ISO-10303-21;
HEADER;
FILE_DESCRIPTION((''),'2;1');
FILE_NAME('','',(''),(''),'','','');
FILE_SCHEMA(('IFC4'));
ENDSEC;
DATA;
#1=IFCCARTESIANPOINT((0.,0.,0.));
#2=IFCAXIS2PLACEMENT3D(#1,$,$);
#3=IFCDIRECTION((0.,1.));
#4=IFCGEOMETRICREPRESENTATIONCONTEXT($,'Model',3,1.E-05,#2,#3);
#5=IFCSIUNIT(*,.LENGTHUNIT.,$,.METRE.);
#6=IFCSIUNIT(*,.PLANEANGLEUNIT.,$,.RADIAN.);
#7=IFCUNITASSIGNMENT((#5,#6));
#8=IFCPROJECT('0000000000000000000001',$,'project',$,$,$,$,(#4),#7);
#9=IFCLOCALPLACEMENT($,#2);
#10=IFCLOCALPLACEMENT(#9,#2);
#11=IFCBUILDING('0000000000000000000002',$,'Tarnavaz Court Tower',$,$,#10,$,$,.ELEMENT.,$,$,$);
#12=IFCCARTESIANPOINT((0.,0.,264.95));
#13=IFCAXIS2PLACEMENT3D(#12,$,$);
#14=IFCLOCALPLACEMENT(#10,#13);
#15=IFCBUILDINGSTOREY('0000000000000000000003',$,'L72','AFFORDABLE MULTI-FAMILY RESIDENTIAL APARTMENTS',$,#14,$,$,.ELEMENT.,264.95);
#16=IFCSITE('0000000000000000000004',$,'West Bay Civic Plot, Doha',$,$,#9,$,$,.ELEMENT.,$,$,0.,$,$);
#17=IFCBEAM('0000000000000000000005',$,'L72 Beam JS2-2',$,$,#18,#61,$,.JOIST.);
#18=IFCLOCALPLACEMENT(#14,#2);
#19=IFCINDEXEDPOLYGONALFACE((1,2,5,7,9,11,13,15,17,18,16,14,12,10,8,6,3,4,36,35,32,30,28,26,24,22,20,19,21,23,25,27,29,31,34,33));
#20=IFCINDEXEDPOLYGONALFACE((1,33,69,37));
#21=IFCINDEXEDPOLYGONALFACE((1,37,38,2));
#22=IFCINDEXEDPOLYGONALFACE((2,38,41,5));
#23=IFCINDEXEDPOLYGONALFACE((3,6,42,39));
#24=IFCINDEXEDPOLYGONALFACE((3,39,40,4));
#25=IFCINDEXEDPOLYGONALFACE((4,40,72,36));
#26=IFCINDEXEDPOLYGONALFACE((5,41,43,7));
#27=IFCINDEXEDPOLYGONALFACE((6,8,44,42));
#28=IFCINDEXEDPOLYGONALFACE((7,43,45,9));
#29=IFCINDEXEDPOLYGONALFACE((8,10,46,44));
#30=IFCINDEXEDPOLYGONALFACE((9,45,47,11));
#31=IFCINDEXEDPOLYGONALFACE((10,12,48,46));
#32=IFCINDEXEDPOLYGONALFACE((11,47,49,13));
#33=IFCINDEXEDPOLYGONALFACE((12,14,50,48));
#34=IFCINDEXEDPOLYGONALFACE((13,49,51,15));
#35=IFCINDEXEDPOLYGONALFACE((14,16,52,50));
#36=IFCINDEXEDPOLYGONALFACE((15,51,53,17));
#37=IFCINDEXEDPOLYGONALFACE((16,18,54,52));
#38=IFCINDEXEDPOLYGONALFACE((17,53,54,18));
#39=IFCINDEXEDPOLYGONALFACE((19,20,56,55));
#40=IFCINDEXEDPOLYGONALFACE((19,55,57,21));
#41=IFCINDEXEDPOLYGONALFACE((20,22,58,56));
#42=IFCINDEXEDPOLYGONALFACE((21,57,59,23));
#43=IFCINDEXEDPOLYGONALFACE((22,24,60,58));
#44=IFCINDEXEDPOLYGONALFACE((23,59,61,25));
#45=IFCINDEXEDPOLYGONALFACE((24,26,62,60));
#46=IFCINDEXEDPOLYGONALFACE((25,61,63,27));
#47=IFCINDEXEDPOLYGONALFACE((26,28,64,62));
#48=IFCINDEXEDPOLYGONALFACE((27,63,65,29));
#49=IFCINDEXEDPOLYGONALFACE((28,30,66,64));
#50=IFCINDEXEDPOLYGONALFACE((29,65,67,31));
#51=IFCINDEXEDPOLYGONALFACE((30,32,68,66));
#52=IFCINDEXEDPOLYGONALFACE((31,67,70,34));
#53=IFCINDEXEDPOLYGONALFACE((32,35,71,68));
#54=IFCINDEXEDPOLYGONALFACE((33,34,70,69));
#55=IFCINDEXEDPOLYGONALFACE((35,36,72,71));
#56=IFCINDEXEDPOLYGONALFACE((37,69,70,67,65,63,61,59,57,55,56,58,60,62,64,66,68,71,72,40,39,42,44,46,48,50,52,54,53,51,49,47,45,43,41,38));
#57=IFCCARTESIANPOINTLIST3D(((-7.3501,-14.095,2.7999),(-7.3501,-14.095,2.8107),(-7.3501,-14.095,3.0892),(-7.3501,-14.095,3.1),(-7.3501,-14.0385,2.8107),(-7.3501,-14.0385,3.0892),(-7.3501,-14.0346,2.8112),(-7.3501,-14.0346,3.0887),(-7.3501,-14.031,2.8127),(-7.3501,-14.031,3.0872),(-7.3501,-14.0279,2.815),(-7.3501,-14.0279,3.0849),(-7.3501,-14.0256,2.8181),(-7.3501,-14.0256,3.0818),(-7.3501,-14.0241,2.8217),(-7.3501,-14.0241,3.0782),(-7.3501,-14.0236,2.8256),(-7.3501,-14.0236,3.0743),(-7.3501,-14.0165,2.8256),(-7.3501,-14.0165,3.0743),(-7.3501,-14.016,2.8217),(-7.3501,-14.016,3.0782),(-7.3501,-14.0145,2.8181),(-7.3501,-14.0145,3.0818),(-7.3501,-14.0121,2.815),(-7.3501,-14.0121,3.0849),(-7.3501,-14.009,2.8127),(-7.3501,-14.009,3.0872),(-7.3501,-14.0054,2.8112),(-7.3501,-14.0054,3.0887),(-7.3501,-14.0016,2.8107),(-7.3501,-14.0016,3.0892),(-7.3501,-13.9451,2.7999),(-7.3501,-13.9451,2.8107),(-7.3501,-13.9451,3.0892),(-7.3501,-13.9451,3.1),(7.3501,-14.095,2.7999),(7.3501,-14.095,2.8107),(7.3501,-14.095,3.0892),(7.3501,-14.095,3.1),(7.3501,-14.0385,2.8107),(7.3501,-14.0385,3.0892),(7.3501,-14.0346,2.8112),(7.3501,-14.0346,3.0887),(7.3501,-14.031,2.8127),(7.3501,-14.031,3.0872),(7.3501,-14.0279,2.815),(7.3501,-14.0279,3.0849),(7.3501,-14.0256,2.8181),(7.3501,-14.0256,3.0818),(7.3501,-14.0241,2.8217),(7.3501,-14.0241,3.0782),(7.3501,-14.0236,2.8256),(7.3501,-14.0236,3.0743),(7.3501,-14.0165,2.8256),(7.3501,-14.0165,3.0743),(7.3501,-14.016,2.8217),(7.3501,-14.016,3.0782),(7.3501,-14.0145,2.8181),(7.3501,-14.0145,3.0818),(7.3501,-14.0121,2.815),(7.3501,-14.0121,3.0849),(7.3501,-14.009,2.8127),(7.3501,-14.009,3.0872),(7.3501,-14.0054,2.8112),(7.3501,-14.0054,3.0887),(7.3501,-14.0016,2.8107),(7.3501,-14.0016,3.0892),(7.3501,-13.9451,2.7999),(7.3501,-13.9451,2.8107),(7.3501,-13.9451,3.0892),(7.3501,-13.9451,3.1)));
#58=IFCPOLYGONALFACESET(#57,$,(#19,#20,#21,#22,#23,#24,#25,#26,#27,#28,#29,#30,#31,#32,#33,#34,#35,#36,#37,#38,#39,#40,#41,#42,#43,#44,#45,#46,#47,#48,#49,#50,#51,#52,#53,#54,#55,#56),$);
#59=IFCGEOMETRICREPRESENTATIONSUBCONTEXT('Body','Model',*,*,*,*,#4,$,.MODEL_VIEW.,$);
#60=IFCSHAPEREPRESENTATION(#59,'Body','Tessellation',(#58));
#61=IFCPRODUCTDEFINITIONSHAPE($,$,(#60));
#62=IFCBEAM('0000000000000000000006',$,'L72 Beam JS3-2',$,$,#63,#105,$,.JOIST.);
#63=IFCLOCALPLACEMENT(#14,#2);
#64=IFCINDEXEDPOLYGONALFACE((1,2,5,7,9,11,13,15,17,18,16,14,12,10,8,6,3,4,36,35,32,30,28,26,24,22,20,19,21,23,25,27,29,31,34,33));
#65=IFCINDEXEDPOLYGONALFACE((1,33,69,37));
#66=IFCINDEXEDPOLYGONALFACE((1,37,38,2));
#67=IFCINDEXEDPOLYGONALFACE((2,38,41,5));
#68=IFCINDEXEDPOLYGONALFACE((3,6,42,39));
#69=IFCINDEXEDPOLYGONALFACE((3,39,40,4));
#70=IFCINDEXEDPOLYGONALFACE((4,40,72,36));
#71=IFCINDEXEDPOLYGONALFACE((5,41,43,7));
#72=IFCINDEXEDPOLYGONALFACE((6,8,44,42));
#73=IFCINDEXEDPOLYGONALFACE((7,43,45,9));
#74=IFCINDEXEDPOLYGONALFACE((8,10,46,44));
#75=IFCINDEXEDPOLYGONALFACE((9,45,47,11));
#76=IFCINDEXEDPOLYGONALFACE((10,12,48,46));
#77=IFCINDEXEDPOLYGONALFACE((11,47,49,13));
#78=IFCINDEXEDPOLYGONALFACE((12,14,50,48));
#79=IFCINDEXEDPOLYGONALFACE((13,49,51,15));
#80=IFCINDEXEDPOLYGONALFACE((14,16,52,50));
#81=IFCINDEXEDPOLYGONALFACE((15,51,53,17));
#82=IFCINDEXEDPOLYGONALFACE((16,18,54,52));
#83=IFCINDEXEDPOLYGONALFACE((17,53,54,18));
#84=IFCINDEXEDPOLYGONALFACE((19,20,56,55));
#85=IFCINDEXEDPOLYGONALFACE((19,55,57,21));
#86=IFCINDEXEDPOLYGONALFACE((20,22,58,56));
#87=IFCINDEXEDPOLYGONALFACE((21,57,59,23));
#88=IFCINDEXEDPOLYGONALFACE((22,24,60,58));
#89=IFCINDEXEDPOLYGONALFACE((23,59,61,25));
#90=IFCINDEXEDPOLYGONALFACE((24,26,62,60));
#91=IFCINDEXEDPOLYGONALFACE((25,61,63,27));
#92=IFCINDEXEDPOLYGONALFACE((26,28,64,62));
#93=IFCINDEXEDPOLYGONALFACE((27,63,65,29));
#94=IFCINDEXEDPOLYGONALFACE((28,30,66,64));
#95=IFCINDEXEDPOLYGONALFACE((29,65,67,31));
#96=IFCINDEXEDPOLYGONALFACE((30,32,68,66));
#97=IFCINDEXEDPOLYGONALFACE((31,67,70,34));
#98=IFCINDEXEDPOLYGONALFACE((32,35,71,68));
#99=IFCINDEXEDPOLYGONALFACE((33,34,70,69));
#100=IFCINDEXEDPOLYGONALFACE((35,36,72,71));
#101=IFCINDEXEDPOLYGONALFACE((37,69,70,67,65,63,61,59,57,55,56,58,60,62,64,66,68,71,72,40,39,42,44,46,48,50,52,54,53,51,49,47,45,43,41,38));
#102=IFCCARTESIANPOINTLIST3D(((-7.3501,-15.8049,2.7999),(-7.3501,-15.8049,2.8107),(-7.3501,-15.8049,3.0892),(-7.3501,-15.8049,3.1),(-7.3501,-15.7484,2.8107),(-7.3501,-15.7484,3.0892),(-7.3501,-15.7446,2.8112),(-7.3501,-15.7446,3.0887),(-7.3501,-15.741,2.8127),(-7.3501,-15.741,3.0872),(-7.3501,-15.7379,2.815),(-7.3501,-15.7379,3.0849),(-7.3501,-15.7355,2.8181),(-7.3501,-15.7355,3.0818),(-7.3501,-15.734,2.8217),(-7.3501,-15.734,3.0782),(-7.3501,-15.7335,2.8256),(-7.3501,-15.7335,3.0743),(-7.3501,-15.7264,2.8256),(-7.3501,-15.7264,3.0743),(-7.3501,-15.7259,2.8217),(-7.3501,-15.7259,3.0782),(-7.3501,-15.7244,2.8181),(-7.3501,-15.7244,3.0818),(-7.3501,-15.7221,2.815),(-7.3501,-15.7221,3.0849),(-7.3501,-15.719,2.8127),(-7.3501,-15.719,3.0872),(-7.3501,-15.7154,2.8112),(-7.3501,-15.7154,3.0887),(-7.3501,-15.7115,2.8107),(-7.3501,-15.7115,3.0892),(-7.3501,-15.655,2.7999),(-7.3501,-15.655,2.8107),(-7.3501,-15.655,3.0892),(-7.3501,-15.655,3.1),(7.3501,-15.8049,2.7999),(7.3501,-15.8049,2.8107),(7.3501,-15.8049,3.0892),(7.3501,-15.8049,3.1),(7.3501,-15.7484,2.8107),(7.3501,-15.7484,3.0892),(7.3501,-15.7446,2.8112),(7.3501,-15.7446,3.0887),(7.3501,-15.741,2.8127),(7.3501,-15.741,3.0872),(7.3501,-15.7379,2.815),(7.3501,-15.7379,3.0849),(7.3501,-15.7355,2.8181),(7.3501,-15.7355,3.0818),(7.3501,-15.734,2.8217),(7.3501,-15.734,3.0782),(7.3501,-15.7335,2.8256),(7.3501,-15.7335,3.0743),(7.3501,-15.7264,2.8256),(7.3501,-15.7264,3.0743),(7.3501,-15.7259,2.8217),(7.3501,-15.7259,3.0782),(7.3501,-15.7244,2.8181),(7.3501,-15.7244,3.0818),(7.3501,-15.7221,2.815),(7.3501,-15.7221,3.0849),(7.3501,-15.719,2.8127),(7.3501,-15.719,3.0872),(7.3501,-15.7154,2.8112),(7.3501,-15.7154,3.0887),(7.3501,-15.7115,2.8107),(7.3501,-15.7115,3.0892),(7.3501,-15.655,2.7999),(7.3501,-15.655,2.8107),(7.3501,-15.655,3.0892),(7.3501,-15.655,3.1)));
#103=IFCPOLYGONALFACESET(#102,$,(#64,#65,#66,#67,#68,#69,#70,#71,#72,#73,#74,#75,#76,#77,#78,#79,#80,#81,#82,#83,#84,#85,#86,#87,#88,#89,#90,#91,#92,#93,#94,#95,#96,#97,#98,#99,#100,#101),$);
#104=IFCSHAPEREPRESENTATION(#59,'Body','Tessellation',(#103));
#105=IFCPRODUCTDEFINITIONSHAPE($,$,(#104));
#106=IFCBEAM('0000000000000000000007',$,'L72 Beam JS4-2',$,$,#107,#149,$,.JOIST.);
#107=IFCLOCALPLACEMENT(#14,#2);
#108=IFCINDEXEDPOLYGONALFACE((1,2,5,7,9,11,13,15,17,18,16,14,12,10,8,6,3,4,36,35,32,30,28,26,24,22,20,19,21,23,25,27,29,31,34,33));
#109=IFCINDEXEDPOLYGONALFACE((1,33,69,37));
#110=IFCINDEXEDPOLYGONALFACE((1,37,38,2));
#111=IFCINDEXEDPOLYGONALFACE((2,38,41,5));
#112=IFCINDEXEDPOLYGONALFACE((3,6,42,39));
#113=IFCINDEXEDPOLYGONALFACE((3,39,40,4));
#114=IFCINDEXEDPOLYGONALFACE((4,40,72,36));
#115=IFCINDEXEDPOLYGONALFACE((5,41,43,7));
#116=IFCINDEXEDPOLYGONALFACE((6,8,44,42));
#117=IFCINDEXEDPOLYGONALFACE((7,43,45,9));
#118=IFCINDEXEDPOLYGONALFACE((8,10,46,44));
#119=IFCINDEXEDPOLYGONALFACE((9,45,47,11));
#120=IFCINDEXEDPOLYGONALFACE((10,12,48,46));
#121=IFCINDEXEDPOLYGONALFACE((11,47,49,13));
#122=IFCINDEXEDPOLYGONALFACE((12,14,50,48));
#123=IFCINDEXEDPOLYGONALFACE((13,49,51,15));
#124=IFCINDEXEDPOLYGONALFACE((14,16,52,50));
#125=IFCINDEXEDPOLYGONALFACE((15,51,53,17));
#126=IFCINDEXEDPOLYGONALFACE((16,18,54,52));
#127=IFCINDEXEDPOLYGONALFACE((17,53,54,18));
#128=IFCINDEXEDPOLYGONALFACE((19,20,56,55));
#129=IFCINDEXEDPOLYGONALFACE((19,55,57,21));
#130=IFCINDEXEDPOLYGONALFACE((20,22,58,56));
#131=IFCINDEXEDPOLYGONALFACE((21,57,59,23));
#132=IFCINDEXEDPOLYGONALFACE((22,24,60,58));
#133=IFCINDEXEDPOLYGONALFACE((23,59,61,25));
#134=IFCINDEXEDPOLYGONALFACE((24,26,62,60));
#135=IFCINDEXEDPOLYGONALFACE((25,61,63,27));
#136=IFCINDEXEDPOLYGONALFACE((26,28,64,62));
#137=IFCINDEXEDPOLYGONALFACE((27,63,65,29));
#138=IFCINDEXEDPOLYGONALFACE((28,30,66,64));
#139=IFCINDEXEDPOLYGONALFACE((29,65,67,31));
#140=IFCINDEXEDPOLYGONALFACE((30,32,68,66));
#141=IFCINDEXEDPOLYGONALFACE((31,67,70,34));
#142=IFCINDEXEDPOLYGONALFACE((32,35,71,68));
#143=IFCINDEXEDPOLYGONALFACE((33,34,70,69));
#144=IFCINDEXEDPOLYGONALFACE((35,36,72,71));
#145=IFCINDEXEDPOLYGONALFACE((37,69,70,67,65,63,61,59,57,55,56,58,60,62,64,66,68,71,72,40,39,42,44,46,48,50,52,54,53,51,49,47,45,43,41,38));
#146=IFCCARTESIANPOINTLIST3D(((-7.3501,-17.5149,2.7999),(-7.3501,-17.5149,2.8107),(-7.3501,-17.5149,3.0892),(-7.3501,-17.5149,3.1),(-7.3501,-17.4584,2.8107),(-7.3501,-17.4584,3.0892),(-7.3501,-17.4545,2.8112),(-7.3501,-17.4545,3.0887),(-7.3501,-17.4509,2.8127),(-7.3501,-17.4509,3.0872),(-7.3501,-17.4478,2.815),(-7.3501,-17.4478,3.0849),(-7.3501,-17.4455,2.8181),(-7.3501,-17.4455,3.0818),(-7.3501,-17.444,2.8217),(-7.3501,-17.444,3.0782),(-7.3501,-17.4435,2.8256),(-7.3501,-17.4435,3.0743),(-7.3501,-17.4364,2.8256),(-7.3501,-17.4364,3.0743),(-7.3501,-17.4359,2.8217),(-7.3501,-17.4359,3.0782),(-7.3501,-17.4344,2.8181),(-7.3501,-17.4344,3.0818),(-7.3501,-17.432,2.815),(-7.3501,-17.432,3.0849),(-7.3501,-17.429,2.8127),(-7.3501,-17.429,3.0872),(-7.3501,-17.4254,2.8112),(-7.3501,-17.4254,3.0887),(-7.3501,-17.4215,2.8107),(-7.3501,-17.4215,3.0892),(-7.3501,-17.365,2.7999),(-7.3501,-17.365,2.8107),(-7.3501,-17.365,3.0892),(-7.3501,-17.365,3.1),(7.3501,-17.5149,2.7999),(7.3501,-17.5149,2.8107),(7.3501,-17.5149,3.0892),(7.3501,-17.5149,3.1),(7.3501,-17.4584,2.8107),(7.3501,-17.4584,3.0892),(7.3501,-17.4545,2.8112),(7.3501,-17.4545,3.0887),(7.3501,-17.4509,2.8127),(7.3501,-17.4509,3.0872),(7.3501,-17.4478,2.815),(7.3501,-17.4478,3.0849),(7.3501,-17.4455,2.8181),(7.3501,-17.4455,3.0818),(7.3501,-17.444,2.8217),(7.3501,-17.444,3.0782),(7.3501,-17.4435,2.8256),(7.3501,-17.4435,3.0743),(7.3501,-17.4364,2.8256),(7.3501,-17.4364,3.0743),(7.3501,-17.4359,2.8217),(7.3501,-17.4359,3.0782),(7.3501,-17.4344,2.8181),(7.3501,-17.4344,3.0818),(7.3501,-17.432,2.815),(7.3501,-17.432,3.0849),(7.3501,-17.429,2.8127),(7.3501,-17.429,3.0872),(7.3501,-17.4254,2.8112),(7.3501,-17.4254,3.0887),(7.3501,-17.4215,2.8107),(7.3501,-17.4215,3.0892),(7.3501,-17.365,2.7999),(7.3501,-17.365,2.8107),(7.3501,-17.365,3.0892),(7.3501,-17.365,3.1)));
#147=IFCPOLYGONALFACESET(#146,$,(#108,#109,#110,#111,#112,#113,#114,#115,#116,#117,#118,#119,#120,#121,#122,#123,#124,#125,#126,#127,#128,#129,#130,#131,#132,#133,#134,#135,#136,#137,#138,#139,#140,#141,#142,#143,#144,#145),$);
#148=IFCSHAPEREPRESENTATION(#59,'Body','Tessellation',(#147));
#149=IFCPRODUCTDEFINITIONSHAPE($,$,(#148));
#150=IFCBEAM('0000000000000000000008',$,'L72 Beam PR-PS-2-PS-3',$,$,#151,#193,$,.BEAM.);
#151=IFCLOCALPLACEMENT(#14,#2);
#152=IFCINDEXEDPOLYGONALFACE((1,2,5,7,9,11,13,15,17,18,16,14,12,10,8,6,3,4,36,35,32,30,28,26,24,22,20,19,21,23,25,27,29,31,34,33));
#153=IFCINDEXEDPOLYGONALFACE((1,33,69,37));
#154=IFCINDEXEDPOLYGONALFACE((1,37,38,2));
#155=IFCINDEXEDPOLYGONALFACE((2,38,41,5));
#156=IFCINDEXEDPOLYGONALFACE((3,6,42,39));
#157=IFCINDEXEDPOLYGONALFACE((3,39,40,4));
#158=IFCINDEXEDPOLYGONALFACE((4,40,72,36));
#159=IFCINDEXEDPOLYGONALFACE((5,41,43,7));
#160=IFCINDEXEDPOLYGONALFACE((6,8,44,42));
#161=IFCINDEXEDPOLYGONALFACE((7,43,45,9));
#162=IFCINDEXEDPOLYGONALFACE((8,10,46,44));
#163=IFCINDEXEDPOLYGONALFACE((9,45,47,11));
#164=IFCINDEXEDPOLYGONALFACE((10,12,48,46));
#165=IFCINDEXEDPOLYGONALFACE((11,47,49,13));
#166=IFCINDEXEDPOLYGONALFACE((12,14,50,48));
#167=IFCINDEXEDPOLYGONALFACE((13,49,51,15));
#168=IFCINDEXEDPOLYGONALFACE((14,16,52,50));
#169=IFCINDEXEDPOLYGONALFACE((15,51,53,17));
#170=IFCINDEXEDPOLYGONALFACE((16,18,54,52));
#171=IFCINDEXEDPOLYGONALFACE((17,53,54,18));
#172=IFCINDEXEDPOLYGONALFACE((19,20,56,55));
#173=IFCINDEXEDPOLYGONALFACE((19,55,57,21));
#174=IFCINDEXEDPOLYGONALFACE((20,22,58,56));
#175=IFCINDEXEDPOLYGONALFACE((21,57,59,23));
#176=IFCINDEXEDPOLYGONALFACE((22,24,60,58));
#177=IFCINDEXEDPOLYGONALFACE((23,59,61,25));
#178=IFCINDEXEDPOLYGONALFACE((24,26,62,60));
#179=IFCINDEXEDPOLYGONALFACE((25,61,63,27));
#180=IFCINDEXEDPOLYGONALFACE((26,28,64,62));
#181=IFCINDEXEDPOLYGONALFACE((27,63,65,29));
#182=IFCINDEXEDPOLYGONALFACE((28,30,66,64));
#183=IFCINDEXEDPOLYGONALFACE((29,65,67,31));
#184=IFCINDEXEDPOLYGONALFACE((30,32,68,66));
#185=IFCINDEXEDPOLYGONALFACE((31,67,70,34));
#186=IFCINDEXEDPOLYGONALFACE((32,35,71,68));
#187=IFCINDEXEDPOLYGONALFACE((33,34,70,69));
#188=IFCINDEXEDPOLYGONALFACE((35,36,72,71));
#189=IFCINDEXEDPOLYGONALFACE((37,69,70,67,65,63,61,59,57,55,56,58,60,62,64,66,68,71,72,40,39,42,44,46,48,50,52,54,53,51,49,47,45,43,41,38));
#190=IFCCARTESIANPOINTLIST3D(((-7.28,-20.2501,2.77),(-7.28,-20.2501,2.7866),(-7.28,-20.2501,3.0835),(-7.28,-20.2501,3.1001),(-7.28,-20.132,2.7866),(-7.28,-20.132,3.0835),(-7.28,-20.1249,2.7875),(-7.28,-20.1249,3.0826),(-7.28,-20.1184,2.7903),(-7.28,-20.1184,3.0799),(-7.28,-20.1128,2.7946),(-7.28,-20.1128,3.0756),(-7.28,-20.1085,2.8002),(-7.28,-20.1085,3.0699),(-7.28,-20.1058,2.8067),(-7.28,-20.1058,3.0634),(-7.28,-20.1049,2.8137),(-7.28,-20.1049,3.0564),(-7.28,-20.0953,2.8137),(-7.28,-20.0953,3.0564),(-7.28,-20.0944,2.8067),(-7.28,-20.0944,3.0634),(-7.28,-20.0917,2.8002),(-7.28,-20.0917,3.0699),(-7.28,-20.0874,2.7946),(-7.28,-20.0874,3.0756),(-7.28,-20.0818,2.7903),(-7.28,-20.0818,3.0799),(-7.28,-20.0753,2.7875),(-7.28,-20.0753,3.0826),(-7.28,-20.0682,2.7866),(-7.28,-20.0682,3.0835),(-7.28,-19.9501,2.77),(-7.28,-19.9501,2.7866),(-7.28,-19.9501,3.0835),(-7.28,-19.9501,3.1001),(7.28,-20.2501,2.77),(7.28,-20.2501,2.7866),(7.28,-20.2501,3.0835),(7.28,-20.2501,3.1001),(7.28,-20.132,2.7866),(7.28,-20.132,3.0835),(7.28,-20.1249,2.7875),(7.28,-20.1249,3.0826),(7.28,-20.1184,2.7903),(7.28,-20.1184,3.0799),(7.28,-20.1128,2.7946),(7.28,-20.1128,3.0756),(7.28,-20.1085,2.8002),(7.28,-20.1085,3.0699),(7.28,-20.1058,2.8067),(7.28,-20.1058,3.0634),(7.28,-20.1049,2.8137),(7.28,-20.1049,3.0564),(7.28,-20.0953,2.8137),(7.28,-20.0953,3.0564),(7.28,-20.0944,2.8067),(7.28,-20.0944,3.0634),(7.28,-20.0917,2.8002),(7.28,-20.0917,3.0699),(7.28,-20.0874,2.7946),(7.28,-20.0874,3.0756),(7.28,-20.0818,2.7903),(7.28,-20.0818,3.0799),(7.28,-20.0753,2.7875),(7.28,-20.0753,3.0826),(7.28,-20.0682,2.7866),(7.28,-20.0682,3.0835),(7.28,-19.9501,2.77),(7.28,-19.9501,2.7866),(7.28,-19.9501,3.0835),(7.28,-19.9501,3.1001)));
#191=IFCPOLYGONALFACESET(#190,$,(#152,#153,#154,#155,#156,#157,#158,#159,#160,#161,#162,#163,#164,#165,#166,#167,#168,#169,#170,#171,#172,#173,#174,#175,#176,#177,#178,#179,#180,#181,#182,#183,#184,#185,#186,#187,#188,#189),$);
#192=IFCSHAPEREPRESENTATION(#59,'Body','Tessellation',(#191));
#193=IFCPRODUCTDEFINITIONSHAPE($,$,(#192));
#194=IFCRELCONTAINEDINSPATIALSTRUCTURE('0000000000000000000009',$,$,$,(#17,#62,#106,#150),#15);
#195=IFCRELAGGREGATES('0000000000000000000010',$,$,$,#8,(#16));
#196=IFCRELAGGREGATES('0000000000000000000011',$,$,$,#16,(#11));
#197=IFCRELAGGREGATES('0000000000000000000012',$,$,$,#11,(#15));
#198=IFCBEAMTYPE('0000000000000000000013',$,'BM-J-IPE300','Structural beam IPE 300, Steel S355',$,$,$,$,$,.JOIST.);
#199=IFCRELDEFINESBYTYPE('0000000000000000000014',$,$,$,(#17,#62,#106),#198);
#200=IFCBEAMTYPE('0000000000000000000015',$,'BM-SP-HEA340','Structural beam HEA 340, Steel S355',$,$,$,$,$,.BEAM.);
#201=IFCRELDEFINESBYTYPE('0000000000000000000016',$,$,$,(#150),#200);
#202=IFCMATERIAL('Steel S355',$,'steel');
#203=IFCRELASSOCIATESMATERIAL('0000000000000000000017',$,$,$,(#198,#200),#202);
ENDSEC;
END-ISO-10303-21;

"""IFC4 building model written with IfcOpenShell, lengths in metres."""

from ifc_helpers import new_model, si_unit, direction, frame, origin, origin_2d, place, context, subcontext, project, spatial, i_section, extrude, material, material_profile, profile_set, type_object, element, save


model = new_model("IFC4")

# Units and contexts
model_context = context("Model", 3, precision=1e-05, world=origin(), true_north=direction((0.0, 1.0)))
body_context = subcontext(model_context, "Body", "Model", "MODEL_VIEW")
ifc_project = project(units=[si_unit("LENGTHUNIT", "METRE"), si_unit("PLANEANGLEUNIT", "RADIAN")], contexts=[model_context])

# Site, building, storey
site_placement = place(None, origin())
site = spatial("IfcSite", under=ifc_project, at=site_placement, Name="West Bay Civic Plot, Doha", CompositionType="ELEMENT", RefElevation=0.0)
building_placement = place(site_placement, origin())
building = spatial("IfcBuilding", under=site, at=building_placement, Name="Tarnavaz Court Tower", CompositionType="ELEMENT")
storey_placement = place(building_placement, frame((0.0, 0.0, 264.95)))
storey = spatial("IfcBuildingStorey", under=building, at=storey_placement, Name="L72", Description="AFFORDABLE MULTI-FAMILY RESIDENTIAL APARTMENTS", CompositionType="ELEMENT", Elevation=264.95)

# Beams
ifc_material_1 = material(Name="Steel S355", Category="steel")
ifc_material_profile_1 = material_profile(ifc_material_1, i_section(OverallWidth=0.1499, OverallDepth=0.3, WebThickness=0.0071, FlangeThickness=0.0107, FilletRadius=0.0149, at=origin_2d()), Name="IPE 300")
ifc_profile_set_1 = profile_set([ifc_material_profile_1], Name="Steel S355")
beam_type_1 = type_object("IfcBeamType", Name="BM-J-IPE300", Description="Structural beam IPE 300, Steel S355", PredefinedType="JOIST", material=ifc_profile_set_1)
for number, where, z_axis, x_axis, name in (
    (1, (-7.3501, -14.02, 2.95), (1.0, 0.0, 0.0), (0.0, 1.0, 0.0), "L72 Beam JS2-2"),
    (2, (-7.3501, -15.73, 2.95), (1.0, 0.0, 0.0), (0.0, 1.0, 0.0), "L72 Beam JS3-2"),
    (3, (-7.3501, -17.4399, 2.95), (1.0, 0.0, 0.0), (0.0, 1.0, 0.0), "L72 Beam JS4-2"),
):
    element("IfcBeam", number, at=place(storey_placement, frame(where, z_axis=z_axis, x_axis=x_axis)), inside=storey, type_object=beam_type_1, Name=name, PredefinedType="JOIST", context=body_context, shape_type="SweptSolid", body=[
        extrude(i_section(OverallWidth=0.1499, OverallDepth=0.3, WebThickness=0.0071, FlangeThickness=0.0107, FilletRadius=0.0149, at=origin_2d()), origin(), (0.0, 0.0, 1.0), 14.7002),
    ])
ifc_material_profile_2 = material_profile(ifc_material_1, i_section(OverallWidth=0.3, OverallDepth=0.3301, WebThickness=0.0095, FlangeThickness=0.0166, FilletRadius=0.0271, at=origin_2d()), Name="HEA 340")
ifc_profile_set_2 = profile_set([ifc_material_profile_2], Name="Steel S355")
beam_type_2 = type_object("IfcBeamType", Name="BM-SP-HEA340", Description="Structural beam HEA 340, Steel S355", PredefinedType="BEAM", material=ifc_profile_set_2)
beam_placement = place(storey_placement, frame((-7.28, -20.1001, 2.9351), z_axis=(1.0, 0.0, 0.0), x_axis=(0.0, 1.0, 0.0)))
element("IfcBeam", 4, at=beam_placement, inside=storey, type_object=beam_type_2, Name="L72 Beam PR-PS-2-PS-3", PredefinedType="BEAM", context=body_context, shape_type="SweptSolid", body=[
    extrude(i_section(OverallWidth=0.3, OverallDepth=0.3301, WebThickness=0.0095, FlangeThickness=0.0166, FilletRadius=0.0271, at=origin_2d()), origin(), (0.0, 0.0, 1.0), 14.5601),
])

save(model, "model.ifc")
